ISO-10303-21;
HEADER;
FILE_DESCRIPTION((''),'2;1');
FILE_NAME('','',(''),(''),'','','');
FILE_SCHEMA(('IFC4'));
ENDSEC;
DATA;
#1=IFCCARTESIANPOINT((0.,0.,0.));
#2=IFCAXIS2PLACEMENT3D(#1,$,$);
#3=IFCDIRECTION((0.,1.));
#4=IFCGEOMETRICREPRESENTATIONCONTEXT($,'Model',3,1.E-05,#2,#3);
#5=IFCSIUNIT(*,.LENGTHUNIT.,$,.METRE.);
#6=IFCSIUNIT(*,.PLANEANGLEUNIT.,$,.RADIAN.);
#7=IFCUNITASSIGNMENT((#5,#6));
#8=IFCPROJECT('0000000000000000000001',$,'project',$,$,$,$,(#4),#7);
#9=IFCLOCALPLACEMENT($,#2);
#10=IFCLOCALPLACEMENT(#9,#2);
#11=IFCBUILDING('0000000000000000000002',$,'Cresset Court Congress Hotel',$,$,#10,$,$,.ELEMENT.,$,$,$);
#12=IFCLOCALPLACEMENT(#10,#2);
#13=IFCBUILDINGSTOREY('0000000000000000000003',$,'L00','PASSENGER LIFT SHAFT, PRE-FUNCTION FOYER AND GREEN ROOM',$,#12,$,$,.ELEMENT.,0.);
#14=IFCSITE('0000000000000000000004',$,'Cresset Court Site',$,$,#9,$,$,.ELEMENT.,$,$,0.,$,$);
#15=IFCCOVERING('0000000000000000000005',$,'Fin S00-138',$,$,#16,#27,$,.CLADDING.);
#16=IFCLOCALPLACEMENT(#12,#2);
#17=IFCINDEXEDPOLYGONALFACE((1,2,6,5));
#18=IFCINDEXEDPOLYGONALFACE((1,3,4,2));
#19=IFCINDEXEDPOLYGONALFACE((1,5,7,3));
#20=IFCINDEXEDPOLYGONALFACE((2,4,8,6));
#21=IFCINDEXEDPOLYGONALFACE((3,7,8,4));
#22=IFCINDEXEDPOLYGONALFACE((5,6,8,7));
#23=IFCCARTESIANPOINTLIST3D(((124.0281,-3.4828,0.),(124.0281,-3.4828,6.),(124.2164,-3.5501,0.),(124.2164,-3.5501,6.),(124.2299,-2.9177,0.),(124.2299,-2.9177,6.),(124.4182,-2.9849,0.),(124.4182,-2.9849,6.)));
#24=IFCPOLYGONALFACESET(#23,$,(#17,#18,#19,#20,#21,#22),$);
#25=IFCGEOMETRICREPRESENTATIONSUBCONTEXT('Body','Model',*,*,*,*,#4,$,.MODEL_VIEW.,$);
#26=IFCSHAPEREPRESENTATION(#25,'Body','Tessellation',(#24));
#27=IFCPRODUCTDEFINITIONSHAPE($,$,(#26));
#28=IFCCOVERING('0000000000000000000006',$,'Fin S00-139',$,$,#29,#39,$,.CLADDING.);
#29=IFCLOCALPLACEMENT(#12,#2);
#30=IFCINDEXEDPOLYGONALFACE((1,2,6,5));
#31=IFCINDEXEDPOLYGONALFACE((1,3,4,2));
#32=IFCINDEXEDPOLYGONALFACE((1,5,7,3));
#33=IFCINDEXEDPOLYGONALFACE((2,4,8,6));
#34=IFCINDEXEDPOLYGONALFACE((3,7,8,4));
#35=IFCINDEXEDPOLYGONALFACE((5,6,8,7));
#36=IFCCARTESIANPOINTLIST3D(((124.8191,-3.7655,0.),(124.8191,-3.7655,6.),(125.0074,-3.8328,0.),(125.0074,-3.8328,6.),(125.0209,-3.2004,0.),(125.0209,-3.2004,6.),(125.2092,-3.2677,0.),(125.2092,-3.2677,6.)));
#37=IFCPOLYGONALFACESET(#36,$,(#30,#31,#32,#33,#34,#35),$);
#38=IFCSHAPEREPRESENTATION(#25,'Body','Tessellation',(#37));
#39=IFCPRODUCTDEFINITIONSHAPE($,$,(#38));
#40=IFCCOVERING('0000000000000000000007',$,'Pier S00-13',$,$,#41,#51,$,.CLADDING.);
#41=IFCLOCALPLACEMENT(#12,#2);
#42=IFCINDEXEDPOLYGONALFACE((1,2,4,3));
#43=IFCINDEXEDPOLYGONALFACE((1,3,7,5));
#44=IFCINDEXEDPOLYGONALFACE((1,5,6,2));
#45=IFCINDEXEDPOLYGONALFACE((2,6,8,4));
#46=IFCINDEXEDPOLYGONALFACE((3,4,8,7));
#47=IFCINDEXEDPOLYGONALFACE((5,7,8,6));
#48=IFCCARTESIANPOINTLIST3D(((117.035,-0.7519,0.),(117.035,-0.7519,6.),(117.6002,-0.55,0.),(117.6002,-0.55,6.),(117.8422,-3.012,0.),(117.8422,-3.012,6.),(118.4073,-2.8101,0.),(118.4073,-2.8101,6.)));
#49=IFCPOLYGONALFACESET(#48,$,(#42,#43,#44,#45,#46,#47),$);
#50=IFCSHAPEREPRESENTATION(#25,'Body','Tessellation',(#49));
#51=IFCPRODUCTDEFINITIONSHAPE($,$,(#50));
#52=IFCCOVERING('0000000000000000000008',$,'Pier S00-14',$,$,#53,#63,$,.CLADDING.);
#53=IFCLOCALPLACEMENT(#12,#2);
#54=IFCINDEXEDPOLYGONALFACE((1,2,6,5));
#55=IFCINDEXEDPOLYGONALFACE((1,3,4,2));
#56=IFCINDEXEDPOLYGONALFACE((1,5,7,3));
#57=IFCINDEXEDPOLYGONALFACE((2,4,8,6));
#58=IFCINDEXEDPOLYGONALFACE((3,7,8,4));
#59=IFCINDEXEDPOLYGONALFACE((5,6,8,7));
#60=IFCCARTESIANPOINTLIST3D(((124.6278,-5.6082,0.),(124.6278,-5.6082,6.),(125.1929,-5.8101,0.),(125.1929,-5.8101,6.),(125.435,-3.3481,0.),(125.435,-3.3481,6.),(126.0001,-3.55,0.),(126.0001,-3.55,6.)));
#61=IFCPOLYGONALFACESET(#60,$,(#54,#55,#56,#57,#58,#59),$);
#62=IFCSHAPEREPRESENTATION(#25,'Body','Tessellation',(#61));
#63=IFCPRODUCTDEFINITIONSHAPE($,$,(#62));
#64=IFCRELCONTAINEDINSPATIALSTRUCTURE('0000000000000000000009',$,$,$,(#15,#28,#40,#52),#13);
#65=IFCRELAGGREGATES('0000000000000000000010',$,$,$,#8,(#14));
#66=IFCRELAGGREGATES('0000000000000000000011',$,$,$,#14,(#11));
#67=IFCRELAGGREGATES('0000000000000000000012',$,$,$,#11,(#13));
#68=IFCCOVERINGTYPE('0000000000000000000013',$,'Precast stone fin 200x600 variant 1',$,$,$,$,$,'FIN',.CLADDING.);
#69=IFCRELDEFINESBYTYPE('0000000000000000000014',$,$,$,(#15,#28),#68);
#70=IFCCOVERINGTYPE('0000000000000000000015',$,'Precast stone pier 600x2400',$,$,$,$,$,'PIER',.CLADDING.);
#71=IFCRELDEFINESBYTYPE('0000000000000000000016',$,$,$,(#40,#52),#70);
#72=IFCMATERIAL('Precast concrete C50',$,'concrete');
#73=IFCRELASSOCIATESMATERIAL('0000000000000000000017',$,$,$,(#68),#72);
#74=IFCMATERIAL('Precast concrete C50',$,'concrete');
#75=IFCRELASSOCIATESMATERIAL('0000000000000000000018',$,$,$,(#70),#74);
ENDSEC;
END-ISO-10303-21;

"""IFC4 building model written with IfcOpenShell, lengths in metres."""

from ifc_helpers import new_model, si_unit, direction, frame, origin, origin_2d, place, context, subcontext, project, spatial, rectangle, extrude, material, type_object, element, save


model = new_model("IFC4")

# Units and contexts
model_context = context("Model", 3, precision=1e-05, world=origin(), true_north=direction((0.0, 1.0)))
body_context = subcontext(model_context, "Body", "Model", "MODEL_VIEW")
ifc_project = project(units=[si_unit("LENGTHUNIT", "METRE"), si_unit("PLANEANGLEUNIT", "RADIAN")], contexts=[model_context])

# Site, building, storey
site_placement = place(None, origin())
site = spatial("IfcSite", under=ifc_project, at=site_placement, Name="Cresset Court Site", CompositionType="ELEMENT", RefElevation=0.0)
building_placement = place(site_placement, origin())
building = spatial("IfcBuilding", under=site, at=building_placement, Name="Cresset Court Congress Hotel", CompositionType="ELEMENT")
storey_placement = place(building_placement, origin())
storey = spatial("IfcBuildingStorey", under=building, at=storey_placement, Name="L00", Description="PASSENGER LIFT SHAFT, PRE-FUNCTION FOYER AND GREEN ROOM", CompositionType="ELEMENT", Elevation=0.0)

# Coverings
ifc_material_1 = material(Name="Precast concrete C50", Category="concrete")
covering_type_1 = type_object("IfcCoveringType", Name="Precast stone fin 200x600 variant 1", ElementType="FIN", PredefinedType="CLADDING", material=ifc_material_1)
for number, where, z_axis, x_axis, name in (
    (1, (124.2231, -3.2339, 0.0), (0.0, 0.0, 1.0), (0.941742, -0.336336, 0.0), "Fin S00-138"),
    (2, (125.0142, -3.5166, 0.0), (0.0, 0.0, 1.0), (0.941742, -0.336336, 0.0), "Fin S00-139"),
):
    element("IfcCovering", number, at=place(storey_placement, frame(where, z_axis=z_axis, x_axis=x_axis)), inside=storey, type_object=covering_type_1, Name=name, PredefinedType="CLADDING", context=body_context, shape_type="SweptSolid", body=[
        extrude(rectangle(XDim=0.2, YDim=0.6001, at=origin_2d()), origin(), (0.0, 0.0, 1.0), 6.0),
    ])
ifc_material_2 = material(Name="Precast concrete C50", Category="concrete")
covering_type_2 = type_object("IfcCoveringType", Name="Precast stone pier 600x2400", ElementType="PIER", PredefinedType="CLADDING", material=ifc_material_2)
for number, where, z_axis, x_axis, name in (
    (3, (117.7212, -1.781, 0.0), (0.0, 0.0, 1.0), (0.941742, 0.336336, 0.0), "Pier S00-13"),
    (4, (125.314, -4.5791, 0.0), (0.0, 0.0, 1.0), (0.941742, -0.336336, 0.0), "Pier S00-14"),
):
    element("IfcCovering", number, at=place(storey_placement, frame(where, z_axis=z_axis, x_axis=x_axis)), inside=storey, type_object=covering_type_2, Name=name, PredefinedType="CLADDING", context=body_context, shape_type="SweptSolid", body=[
        extrude(rectangle(XDim=0.6001, YDim=2.3999, at=origin_2d()), origin(), (0.0, 0.0, 1.0), 6.0),
    ])

save(model, "model.ifc")
